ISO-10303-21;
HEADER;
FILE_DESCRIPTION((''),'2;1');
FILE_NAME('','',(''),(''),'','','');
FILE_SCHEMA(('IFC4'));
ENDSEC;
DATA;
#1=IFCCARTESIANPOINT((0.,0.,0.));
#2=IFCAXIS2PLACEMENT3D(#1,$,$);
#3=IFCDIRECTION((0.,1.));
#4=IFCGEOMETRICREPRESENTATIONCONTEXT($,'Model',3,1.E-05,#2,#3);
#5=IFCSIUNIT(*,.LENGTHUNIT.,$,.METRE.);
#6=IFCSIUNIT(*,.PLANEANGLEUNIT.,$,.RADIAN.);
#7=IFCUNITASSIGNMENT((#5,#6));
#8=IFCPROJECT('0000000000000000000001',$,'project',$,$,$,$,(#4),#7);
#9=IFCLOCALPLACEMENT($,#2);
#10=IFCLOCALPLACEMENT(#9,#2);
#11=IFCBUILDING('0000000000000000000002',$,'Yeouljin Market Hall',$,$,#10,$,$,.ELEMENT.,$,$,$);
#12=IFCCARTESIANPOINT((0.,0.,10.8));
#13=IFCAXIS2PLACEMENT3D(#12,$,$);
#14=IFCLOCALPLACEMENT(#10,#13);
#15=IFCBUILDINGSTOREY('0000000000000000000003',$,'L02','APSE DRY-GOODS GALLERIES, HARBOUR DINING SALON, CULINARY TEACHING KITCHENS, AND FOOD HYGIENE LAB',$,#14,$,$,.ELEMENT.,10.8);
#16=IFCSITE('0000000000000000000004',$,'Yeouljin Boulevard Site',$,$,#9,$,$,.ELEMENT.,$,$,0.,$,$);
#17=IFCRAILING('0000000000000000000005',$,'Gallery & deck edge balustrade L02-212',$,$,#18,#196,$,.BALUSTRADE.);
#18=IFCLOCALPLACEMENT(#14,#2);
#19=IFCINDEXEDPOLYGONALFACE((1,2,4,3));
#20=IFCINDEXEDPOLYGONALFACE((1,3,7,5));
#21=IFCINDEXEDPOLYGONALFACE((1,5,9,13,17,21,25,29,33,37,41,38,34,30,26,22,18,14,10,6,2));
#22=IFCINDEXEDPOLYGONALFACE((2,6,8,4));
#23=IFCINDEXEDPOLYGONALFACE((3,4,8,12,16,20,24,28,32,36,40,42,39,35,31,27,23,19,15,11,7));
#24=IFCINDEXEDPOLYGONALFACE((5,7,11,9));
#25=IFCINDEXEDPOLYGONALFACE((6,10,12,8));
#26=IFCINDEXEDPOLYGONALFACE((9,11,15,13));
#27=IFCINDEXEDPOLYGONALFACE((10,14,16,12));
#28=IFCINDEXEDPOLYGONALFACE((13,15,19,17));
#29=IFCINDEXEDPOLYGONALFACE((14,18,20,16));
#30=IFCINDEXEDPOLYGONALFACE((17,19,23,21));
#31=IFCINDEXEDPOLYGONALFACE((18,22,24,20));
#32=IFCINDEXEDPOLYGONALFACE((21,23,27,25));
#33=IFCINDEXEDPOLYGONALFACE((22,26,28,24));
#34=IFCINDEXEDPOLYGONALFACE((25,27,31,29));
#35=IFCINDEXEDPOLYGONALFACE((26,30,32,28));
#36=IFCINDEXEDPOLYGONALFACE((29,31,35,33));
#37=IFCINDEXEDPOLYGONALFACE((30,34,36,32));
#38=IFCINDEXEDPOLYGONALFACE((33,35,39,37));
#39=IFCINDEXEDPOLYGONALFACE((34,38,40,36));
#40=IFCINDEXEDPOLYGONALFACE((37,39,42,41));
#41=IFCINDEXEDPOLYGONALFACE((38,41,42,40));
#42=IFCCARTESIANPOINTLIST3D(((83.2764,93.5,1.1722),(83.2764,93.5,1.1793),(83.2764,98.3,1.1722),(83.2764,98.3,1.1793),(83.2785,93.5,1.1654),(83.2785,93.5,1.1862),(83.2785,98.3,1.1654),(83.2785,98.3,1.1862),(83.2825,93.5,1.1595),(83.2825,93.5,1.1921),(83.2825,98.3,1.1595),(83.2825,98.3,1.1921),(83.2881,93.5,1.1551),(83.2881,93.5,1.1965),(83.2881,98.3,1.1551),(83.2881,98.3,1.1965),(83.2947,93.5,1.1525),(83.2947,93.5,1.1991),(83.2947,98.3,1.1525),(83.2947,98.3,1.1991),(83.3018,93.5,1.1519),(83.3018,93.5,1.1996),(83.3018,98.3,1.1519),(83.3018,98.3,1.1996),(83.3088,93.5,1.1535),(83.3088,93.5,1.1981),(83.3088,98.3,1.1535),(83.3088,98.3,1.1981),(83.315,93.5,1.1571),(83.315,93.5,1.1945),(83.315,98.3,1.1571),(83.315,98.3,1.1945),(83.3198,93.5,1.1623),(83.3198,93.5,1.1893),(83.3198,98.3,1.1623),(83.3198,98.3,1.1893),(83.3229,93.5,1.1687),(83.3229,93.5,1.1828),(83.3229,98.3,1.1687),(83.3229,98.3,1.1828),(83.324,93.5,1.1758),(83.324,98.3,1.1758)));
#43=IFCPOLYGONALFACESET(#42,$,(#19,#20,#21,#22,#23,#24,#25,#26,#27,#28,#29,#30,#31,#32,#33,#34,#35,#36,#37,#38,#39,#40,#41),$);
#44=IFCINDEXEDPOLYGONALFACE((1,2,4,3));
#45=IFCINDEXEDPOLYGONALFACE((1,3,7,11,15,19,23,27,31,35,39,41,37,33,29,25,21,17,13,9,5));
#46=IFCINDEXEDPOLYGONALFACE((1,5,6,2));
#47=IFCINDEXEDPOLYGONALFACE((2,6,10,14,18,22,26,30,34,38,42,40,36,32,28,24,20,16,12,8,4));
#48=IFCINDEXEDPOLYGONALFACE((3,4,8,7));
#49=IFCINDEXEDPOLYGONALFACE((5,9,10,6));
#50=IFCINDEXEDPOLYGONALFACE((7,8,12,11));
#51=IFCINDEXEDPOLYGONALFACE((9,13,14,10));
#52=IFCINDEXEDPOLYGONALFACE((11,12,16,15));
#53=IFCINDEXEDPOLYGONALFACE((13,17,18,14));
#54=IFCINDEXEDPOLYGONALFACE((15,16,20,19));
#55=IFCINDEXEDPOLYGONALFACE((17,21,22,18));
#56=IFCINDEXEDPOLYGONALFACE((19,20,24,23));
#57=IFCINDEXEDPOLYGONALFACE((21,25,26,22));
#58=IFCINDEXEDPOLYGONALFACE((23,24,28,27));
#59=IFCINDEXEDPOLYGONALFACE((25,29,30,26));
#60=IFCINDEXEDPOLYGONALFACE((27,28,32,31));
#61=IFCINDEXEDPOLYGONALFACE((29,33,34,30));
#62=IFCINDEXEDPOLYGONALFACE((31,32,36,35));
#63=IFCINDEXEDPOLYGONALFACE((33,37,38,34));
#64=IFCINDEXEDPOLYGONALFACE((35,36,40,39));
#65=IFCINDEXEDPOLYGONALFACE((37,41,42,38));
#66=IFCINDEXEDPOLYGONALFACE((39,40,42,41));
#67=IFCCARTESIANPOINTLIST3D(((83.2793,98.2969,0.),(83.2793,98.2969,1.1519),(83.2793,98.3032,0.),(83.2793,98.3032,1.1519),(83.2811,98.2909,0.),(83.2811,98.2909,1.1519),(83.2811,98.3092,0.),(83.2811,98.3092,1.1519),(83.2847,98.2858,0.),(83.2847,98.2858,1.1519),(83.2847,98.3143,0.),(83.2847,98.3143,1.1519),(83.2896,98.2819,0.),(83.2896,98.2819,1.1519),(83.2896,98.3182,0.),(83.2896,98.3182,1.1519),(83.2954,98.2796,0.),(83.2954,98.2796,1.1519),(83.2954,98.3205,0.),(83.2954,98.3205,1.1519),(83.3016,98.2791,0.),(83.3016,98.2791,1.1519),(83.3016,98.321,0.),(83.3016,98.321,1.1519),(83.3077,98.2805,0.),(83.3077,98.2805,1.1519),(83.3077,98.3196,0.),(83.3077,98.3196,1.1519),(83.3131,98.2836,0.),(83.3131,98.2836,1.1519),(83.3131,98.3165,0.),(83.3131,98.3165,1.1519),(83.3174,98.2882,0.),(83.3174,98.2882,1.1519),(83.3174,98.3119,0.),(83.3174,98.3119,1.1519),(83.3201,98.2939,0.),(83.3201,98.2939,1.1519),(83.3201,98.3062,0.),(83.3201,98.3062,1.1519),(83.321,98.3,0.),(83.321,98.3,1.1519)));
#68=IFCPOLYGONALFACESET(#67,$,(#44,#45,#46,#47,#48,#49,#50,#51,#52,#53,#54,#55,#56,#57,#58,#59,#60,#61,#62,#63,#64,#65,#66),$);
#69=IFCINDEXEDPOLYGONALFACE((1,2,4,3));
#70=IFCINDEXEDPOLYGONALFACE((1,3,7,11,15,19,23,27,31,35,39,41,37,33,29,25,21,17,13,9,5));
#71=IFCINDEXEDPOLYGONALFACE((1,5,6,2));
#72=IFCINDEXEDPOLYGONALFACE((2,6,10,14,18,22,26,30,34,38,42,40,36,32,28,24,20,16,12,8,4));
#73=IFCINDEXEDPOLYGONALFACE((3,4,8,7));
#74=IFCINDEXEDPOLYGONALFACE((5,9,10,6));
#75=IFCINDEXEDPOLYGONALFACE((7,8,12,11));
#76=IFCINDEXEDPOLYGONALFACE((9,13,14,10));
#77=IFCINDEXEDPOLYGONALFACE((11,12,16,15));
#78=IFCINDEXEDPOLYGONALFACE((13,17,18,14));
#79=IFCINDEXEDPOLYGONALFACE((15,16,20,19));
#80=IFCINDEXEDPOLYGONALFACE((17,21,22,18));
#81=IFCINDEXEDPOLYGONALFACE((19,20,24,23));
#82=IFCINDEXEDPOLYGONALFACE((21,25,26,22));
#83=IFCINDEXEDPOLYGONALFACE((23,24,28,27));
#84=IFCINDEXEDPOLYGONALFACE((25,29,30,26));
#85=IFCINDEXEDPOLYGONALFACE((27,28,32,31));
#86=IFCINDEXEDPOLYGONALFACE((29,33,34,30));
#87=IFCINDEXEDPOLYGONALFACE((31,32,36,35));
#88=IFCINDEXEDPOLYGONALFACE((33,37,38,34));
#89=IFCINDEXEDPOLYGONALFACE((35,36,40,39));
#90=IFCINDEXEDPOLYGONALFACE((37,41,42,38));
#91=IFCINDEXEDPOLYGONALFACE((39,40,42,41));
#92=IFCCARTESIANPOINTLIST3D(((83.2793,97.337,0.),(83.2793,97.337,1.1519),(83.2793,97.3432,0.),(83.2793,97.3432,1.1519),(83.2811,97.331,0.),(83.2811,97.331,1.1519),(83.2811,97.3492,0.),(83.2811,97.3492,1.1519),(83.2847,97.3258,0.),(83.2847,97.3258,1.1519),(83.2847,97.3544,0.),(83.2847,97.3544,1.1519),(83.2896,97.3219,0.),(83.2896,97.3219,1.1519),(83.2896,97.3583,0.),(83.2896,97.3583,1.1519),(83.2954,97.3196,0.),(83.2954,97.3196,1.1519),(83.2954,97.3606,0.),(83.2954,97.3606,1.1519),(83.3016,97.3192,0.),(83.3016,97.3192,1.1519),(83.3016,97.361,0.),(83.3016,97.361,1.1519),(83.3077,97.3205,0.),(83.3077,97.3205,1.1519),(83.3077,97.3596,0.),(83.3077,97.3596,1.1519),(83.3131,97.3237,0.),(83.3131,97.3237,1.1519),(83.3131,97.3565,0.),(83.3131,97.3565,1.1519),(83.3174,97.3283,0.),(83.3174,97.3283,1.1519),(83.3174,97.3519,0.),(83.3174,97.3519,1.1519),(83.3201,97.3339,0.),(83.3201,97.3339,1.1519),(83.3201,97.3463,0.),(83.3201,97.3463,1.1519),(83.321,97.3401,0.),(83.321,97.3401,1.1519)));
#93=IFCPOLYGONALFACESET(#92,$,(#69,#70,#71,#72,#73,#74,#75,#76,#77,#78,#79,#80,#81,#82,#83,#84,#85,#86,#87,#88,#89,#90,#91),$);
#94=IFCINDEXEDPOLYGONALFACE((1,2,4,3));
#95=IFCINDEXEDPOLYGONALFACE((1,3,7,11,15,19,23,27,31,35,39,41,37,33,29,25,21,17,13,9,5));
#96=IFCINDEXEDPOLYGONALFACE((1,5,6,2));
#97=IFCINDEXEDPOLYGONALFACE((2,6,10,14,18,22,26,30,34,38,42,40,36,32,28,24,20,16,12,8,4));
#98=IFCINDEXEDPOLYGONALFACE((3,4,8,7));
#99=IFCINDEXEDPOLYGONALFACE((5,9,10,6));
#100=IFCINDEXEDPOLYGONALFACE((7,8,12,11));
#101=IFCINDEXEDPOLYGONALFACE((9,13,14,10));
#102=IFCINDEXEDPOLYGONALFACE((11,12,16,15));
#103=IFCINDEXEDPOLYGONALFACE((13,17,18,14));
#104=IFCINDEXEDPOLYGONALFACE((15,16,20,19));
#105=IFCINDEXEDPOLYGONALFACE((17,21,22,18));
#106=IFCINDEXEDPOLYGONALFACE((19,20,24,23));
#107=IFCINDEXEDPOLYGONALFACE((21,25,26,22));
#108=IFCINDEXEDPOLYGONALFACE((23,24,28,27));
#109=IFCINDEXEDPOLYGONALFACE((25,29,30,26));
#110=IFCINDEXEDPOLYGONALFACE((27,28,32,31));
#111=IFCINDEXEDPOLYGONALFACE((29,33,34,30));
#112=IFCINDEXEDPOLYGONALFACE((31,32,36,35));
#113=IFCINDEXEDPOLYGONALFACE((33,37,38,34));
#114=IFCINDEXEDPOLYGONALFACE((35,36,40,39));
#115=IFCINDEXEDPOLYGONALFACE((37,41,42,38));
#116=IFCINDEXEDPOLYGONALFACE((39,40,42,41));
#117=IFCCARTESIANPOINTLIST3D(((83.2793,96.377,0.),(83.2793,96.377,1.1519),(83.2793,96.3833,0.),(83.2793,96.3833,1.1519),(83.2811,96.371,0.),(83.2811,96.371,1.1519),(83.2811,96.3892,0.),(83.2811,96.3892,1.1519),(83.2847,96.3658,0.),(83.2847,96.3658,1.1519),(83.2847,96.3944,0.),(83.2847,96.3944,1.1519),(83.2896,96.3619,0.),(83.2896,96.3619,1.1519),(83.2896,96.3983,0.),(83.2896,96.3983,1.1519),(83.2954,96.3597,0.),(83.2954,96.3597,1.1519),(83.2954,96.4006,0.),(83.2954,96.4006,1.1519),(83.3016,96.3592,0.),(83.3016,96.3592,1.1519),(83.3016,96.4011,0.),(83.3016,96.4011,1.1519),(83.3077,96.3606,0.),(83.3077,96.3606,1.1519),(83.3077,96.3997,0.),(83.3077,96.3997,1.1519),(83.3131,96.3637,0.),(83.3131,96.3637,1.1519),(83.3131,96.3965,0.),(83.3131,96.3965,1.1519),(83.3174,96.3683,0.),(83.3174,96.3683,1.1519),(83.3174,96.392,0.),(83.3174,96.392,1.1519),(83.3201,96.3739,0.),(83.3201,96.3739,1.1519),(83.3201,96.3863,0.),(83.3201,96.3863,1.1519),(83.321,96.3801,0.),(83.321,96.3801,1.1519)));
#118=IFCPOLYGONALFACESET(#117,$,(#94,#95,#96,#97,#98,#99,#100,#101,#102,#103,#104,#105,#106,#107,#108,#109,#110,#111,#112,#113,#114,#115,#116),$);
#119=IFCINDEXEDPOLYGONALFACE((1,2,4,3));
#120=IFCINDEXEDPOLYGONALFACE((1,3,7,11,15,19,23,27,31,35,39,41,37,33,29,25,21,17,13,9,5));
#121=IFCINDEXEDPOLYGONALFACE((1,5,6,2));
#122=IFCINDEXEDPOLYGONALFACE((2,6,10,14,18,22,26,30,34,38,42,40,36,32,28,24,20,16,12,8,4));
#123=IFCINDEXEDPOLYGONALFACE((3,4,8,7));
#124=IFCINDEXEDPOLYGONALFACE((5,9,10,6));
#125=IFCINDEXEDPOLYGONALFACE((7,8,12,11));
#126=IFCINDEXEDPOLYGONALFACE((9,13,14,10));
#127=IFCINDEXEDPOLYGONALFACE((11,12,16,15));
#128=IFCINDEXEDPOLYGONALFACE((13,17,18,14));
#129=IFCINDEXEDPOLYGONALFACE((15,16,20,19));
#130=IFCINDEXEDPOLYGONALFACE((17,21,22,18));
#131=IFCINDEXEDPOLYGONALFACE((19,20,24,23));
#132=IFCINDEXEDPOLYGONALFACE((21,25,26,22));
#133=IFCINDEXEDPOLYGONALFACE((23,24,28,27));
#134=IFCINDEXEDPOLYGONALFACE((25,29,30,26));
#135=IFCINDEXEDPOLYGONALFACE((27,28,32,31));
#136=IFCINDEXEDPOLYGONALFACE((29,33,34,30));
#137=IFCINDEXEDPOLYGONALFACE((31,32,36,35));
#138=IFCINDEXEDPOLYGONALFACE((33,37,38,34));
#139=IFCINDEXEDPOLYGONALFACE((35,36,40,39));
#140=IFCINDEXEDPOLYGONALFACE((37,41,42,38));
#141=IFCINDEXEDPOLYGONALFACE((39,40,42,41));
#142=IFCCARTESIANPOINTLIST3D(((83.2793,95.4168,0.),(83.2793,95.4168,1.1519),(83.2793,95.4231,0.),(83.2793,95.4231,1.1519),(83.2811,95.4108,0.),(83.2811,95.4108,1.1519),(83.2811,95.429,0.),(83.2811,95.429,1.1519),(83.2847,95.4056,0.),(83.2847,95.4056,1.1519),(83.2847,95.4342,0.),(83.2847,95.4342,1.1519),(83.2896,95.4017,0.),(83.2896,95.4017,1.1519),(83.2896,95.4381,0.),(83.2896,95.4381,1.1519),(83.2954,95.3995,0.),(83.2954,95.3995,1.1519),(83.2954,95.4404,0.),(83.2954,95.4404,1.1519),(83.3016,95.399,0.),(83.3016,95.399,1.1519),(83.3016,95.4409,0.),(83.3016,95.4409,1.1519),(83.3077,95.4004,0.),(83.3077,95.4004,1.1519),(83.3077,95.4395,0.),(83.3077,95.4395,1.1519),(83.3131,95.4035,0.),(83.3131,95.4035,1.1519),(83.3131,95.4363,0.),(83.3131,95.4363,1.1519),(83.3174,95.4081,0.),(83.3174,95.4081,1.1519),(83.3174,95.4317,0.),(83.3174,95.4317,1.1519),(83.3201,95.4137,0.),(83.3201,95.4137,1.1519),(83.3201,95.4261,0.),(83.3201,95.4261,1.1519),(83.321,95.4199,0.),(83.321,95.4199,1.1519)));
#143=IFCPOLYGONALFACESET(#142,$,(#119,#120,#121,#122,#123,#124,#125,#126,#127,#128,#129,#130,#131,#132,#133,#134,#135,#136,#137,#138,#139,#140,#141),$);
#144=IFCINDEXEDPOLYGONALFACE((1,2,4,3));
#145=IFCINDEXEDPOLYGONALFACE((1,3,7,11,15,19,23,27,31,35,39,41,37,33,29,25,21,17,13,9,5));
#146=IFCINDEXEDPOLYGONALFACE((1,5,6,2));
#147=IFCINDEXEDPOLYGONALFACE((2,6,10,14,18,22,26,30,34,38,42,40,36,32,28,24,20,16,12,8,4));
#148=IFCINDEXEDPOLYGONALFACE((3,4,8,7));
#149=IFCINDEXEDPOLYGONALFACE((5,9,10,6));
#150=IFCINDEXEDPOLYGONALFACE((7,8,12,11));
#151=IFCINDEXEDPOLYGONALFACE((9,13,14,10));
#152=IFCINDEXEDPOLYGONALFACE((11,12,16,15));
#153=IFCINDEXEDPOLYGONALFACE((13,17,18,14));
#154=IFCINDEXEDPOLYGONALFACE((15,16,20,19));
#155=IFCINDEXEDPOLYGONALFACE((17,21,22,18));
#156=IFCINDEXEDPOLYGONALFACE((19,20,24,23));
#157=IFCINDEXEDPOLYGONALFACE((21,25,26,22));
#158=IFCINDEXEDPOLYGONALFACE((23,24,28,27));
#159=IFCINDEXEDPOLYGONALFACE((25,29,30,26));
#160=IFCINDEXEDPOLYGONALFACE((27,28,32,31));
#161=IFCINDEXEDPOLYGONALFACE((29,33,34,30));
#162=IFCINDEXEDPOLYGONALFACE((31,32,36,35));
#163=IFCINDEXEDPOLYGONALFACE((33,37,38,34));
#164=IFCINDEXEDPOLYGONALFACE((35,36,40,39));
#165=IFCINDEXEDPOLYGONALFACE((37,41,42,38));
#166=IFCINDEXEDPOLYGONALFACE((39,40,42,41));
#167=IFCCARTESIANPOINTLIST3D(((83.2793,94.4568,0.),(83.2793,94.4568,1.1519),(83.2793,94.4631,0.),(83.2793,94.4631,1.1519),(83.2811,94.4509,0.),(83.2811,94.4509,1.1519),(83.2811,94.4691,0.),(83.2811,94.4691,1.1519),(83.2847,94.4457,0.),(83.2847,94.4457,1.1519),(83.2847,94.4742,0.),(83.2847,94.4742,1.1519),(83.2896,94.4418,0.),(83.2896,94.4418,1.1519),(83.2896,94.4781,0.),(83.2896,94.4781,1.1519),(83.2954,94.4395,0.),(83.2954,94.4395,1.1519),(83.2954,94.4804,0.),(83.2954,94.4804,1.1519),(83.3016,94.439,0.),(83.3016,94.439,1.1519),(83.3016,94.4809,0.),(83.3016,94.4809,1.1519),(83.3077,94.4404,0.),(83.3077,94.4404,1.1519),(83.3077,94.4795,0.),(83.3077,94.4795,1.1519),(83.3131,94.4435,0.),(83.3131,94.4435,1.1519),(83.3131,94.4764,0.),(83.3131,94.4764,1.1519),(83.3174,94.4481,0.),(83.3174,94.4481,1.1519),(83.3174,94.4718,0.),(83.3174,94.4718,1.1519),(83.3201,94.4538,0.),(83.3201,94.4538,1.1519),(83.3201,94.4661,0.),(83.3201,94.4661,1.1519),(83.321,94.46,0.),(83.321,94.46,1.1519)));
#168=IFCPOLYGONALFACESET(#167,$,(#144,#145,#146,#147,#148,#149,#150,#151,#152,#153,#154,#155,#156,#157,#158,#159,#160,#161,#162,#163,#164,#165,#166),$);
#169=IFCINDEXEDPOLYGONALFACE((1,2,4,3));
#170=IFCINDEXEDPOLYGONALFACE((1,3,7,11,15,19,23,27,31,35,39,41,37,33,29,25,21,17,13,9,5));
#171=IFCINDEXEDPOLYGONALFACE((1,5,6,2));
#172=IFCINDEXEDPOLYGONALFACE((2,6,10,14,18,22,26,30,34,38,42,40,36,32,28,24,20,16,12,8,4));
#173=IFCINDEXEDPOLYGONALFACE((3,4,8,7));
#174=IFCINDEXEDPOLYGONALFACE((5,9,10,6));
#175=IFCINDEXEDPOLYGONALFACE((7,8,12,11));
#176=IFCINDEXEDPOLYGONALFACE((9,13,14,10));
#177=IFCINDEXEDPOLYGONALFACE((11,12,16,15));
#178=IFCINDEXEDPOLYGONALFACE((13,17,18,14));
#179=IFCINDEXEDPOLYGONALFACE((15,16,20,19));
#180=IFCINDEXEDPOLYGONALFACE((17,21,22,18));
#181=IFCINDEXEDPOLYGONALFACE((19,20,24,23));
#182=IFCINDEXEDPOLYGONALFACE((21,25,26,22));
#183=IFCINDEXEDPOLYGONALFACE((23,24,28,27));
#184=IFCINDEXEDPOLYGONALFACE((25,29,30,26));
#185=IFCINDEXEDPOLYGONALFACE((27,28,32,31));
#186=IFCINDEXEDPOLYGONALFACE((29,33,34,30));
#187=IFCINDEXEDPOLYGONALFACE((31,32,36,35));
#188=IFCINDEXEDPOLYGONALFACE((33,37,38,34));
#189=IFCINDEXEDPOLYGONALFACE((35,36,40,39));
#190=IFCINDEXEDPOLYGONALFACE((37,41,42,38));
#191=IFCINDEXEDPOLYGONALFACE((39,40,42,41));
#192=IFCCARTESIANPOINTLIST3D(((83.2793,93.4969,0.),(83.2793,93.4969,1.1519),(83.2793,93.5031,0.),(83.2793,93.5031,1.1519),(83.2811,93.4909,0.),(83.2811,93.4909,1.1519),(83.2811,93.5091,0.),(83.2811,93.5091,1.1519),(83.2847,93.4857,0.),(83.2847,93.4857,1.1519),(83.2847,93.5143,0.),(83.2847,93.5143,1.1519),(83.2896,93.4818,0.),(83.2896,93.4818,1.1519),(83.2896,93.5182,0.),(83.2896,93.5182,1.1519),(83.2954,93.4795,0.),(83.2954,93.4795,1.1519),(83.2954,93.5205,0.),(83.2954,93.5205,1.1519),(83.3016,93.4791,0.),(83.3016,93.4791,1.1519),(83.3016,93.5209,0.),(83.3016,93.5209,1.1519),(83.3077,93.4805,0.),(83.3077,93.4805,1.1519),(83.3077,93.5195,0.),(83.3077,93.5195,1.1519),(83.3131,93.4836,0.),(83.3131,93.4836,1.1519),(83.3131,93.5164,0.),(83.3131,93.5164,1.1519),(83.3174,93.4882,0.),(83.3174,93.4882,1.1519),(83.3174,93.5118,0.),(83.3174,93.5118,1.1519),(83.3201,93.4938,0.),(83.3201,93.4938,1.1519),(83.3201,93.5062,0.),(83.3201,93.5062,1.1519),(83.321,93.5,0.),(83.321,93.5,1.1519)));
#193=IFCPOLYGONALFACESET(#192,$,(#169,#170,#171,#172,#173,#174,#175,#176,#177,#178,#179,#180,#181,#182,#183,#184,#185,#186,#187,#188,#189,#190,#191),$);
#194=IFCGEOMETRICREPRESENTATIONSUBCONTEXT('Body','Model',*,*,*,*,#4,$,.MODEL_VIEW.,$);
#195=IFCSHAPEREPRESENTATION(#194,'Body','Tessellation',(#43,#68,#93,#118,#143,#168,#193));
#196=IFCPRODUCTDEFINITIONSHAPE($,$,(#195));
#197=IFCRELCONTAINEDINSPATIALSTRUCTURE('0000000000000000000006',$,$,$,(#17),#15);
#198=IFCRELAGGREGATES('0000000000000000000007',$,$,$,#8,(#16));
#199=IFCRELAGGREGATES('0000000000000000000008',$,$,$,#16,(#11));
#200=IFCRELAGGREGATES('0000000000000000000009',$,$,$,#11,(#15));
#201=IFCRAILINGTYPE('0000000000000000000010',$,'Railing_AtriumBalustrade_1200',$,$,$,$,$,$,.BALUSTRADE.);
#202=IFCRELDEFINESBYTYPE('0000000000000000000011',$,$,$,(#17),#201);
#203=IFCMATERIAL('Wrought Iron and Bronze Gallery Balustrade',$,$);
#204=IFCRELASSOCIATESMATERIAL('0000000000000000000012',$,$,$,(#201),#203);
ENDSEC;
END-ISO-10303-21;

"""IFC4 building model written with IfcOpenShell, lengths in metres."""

from ifc_helpers import new_model, si_unit, direction, frame, origin, origin_2d, place, context, subcontext, project, spatial, circle, extrude, material, type_object, element, save


model = new_model("IFC4")

# Units and contexts
model_context = context("Model", 3, precision=1e-05, world=origin(), true_north=direction((0.0, 1.0)))
body_context = subcontext(model_context, "Body", "Model", "MODEL_VIEW")
ifc_project = project(units=[si_unit("LENGTHUNIT", "METRE"), si_unit("PLANEANGLEUNIT", "RADIAN")], contexts=[model_context])

# Site, building, storey
site_placement = place(None, origin())
site = spatial("IfcSite", under=ifc_project, at=site_placement, Name="Yeouljin Boulevard Site", CompositionType="ELEMENT", RefElevation=0.0)
building_placement = place(site_placement, origin())
building = spatial("IfcBuilding", under=site, at=building_placement, Name="Yeouljin Market Hall", CompositionType="ELEMENT")
storey_placement = place(building_placement, frame((0.0, 0.0, 10.8)))
storey = spatial("IfcBuildingStorey", under=building, at=storey_placement, Name="L02", Description="APSE DRY-GOODS GALLERIES, HARBOUR DINING SALON, CULINARY TEACHING KITCHENS, AND FOOD HYGIENE LAB", CompositionType="ELEMENT", Elevation=10.8)

# Railing
ifc_material_1 = material(Name="Wrought Iron and Bronze Gallery Balustrade")
railing_type = type_object("IfcRailingType", Name="Railing_AtriumBalustrade_1200", PredefinedType="BALUSTRADE", material=ifc_material_1)
railing_placement = place(storey_placement, frame((83.3, 98.3, 0.0)))
element("IfcRailing", 1, at=railing_placement, inside=storey, type_object=railing_type, Name="Gallery & deck edge balustrade L02-212", PredefinedType="BALUSTRADE", context=body_context, shape_type="SweptSolid", body=[
    extrude(circle(Radius=0.0239, at=origin_2d()), frame((0.0, 0.0, 1.1758), z_axis=(0.0, -1.0, 0.0), x_axis=(1.0, 0.0, 0.0)), (0.0, 0.0, 1.0), 4.8),
    extrude(circle(Radius=0.021, at=origin_2d()), origin(), (0.0, 0.0, 1.0), 1.1519),
    extrude(circle(Radius=0.021, at=origin_2d()), frame((0.0, -0.96, 0.0)), (0.0, 0.0, 1.0), 1.1519),
    extrude(circle(Radius=0.021, at=origin_2d()), frame((0.0, -1.9199, 0.0)), (0.0, 0.0, 1.0), 1.1519),
    extrude(circle(Radius=0.021, at=origin_2d()), frame((0.0, -2.8801, 0.0)), (0.0, 0.0, 1.0), 1.1519),
    extrude(circle(Radius=0.021, at=origin_2d()), frame((0.0, -3.8401, 0.0)), (0.0, 0.0, 1.0), 1.1519),
    extrude(circle(Radius=0.021, at=origin_2d()), frame((0.0, -4.8, 0.0)), (0.0, 0.0, 1.0), 1.1519),
])

save(model, "model.ifc")
